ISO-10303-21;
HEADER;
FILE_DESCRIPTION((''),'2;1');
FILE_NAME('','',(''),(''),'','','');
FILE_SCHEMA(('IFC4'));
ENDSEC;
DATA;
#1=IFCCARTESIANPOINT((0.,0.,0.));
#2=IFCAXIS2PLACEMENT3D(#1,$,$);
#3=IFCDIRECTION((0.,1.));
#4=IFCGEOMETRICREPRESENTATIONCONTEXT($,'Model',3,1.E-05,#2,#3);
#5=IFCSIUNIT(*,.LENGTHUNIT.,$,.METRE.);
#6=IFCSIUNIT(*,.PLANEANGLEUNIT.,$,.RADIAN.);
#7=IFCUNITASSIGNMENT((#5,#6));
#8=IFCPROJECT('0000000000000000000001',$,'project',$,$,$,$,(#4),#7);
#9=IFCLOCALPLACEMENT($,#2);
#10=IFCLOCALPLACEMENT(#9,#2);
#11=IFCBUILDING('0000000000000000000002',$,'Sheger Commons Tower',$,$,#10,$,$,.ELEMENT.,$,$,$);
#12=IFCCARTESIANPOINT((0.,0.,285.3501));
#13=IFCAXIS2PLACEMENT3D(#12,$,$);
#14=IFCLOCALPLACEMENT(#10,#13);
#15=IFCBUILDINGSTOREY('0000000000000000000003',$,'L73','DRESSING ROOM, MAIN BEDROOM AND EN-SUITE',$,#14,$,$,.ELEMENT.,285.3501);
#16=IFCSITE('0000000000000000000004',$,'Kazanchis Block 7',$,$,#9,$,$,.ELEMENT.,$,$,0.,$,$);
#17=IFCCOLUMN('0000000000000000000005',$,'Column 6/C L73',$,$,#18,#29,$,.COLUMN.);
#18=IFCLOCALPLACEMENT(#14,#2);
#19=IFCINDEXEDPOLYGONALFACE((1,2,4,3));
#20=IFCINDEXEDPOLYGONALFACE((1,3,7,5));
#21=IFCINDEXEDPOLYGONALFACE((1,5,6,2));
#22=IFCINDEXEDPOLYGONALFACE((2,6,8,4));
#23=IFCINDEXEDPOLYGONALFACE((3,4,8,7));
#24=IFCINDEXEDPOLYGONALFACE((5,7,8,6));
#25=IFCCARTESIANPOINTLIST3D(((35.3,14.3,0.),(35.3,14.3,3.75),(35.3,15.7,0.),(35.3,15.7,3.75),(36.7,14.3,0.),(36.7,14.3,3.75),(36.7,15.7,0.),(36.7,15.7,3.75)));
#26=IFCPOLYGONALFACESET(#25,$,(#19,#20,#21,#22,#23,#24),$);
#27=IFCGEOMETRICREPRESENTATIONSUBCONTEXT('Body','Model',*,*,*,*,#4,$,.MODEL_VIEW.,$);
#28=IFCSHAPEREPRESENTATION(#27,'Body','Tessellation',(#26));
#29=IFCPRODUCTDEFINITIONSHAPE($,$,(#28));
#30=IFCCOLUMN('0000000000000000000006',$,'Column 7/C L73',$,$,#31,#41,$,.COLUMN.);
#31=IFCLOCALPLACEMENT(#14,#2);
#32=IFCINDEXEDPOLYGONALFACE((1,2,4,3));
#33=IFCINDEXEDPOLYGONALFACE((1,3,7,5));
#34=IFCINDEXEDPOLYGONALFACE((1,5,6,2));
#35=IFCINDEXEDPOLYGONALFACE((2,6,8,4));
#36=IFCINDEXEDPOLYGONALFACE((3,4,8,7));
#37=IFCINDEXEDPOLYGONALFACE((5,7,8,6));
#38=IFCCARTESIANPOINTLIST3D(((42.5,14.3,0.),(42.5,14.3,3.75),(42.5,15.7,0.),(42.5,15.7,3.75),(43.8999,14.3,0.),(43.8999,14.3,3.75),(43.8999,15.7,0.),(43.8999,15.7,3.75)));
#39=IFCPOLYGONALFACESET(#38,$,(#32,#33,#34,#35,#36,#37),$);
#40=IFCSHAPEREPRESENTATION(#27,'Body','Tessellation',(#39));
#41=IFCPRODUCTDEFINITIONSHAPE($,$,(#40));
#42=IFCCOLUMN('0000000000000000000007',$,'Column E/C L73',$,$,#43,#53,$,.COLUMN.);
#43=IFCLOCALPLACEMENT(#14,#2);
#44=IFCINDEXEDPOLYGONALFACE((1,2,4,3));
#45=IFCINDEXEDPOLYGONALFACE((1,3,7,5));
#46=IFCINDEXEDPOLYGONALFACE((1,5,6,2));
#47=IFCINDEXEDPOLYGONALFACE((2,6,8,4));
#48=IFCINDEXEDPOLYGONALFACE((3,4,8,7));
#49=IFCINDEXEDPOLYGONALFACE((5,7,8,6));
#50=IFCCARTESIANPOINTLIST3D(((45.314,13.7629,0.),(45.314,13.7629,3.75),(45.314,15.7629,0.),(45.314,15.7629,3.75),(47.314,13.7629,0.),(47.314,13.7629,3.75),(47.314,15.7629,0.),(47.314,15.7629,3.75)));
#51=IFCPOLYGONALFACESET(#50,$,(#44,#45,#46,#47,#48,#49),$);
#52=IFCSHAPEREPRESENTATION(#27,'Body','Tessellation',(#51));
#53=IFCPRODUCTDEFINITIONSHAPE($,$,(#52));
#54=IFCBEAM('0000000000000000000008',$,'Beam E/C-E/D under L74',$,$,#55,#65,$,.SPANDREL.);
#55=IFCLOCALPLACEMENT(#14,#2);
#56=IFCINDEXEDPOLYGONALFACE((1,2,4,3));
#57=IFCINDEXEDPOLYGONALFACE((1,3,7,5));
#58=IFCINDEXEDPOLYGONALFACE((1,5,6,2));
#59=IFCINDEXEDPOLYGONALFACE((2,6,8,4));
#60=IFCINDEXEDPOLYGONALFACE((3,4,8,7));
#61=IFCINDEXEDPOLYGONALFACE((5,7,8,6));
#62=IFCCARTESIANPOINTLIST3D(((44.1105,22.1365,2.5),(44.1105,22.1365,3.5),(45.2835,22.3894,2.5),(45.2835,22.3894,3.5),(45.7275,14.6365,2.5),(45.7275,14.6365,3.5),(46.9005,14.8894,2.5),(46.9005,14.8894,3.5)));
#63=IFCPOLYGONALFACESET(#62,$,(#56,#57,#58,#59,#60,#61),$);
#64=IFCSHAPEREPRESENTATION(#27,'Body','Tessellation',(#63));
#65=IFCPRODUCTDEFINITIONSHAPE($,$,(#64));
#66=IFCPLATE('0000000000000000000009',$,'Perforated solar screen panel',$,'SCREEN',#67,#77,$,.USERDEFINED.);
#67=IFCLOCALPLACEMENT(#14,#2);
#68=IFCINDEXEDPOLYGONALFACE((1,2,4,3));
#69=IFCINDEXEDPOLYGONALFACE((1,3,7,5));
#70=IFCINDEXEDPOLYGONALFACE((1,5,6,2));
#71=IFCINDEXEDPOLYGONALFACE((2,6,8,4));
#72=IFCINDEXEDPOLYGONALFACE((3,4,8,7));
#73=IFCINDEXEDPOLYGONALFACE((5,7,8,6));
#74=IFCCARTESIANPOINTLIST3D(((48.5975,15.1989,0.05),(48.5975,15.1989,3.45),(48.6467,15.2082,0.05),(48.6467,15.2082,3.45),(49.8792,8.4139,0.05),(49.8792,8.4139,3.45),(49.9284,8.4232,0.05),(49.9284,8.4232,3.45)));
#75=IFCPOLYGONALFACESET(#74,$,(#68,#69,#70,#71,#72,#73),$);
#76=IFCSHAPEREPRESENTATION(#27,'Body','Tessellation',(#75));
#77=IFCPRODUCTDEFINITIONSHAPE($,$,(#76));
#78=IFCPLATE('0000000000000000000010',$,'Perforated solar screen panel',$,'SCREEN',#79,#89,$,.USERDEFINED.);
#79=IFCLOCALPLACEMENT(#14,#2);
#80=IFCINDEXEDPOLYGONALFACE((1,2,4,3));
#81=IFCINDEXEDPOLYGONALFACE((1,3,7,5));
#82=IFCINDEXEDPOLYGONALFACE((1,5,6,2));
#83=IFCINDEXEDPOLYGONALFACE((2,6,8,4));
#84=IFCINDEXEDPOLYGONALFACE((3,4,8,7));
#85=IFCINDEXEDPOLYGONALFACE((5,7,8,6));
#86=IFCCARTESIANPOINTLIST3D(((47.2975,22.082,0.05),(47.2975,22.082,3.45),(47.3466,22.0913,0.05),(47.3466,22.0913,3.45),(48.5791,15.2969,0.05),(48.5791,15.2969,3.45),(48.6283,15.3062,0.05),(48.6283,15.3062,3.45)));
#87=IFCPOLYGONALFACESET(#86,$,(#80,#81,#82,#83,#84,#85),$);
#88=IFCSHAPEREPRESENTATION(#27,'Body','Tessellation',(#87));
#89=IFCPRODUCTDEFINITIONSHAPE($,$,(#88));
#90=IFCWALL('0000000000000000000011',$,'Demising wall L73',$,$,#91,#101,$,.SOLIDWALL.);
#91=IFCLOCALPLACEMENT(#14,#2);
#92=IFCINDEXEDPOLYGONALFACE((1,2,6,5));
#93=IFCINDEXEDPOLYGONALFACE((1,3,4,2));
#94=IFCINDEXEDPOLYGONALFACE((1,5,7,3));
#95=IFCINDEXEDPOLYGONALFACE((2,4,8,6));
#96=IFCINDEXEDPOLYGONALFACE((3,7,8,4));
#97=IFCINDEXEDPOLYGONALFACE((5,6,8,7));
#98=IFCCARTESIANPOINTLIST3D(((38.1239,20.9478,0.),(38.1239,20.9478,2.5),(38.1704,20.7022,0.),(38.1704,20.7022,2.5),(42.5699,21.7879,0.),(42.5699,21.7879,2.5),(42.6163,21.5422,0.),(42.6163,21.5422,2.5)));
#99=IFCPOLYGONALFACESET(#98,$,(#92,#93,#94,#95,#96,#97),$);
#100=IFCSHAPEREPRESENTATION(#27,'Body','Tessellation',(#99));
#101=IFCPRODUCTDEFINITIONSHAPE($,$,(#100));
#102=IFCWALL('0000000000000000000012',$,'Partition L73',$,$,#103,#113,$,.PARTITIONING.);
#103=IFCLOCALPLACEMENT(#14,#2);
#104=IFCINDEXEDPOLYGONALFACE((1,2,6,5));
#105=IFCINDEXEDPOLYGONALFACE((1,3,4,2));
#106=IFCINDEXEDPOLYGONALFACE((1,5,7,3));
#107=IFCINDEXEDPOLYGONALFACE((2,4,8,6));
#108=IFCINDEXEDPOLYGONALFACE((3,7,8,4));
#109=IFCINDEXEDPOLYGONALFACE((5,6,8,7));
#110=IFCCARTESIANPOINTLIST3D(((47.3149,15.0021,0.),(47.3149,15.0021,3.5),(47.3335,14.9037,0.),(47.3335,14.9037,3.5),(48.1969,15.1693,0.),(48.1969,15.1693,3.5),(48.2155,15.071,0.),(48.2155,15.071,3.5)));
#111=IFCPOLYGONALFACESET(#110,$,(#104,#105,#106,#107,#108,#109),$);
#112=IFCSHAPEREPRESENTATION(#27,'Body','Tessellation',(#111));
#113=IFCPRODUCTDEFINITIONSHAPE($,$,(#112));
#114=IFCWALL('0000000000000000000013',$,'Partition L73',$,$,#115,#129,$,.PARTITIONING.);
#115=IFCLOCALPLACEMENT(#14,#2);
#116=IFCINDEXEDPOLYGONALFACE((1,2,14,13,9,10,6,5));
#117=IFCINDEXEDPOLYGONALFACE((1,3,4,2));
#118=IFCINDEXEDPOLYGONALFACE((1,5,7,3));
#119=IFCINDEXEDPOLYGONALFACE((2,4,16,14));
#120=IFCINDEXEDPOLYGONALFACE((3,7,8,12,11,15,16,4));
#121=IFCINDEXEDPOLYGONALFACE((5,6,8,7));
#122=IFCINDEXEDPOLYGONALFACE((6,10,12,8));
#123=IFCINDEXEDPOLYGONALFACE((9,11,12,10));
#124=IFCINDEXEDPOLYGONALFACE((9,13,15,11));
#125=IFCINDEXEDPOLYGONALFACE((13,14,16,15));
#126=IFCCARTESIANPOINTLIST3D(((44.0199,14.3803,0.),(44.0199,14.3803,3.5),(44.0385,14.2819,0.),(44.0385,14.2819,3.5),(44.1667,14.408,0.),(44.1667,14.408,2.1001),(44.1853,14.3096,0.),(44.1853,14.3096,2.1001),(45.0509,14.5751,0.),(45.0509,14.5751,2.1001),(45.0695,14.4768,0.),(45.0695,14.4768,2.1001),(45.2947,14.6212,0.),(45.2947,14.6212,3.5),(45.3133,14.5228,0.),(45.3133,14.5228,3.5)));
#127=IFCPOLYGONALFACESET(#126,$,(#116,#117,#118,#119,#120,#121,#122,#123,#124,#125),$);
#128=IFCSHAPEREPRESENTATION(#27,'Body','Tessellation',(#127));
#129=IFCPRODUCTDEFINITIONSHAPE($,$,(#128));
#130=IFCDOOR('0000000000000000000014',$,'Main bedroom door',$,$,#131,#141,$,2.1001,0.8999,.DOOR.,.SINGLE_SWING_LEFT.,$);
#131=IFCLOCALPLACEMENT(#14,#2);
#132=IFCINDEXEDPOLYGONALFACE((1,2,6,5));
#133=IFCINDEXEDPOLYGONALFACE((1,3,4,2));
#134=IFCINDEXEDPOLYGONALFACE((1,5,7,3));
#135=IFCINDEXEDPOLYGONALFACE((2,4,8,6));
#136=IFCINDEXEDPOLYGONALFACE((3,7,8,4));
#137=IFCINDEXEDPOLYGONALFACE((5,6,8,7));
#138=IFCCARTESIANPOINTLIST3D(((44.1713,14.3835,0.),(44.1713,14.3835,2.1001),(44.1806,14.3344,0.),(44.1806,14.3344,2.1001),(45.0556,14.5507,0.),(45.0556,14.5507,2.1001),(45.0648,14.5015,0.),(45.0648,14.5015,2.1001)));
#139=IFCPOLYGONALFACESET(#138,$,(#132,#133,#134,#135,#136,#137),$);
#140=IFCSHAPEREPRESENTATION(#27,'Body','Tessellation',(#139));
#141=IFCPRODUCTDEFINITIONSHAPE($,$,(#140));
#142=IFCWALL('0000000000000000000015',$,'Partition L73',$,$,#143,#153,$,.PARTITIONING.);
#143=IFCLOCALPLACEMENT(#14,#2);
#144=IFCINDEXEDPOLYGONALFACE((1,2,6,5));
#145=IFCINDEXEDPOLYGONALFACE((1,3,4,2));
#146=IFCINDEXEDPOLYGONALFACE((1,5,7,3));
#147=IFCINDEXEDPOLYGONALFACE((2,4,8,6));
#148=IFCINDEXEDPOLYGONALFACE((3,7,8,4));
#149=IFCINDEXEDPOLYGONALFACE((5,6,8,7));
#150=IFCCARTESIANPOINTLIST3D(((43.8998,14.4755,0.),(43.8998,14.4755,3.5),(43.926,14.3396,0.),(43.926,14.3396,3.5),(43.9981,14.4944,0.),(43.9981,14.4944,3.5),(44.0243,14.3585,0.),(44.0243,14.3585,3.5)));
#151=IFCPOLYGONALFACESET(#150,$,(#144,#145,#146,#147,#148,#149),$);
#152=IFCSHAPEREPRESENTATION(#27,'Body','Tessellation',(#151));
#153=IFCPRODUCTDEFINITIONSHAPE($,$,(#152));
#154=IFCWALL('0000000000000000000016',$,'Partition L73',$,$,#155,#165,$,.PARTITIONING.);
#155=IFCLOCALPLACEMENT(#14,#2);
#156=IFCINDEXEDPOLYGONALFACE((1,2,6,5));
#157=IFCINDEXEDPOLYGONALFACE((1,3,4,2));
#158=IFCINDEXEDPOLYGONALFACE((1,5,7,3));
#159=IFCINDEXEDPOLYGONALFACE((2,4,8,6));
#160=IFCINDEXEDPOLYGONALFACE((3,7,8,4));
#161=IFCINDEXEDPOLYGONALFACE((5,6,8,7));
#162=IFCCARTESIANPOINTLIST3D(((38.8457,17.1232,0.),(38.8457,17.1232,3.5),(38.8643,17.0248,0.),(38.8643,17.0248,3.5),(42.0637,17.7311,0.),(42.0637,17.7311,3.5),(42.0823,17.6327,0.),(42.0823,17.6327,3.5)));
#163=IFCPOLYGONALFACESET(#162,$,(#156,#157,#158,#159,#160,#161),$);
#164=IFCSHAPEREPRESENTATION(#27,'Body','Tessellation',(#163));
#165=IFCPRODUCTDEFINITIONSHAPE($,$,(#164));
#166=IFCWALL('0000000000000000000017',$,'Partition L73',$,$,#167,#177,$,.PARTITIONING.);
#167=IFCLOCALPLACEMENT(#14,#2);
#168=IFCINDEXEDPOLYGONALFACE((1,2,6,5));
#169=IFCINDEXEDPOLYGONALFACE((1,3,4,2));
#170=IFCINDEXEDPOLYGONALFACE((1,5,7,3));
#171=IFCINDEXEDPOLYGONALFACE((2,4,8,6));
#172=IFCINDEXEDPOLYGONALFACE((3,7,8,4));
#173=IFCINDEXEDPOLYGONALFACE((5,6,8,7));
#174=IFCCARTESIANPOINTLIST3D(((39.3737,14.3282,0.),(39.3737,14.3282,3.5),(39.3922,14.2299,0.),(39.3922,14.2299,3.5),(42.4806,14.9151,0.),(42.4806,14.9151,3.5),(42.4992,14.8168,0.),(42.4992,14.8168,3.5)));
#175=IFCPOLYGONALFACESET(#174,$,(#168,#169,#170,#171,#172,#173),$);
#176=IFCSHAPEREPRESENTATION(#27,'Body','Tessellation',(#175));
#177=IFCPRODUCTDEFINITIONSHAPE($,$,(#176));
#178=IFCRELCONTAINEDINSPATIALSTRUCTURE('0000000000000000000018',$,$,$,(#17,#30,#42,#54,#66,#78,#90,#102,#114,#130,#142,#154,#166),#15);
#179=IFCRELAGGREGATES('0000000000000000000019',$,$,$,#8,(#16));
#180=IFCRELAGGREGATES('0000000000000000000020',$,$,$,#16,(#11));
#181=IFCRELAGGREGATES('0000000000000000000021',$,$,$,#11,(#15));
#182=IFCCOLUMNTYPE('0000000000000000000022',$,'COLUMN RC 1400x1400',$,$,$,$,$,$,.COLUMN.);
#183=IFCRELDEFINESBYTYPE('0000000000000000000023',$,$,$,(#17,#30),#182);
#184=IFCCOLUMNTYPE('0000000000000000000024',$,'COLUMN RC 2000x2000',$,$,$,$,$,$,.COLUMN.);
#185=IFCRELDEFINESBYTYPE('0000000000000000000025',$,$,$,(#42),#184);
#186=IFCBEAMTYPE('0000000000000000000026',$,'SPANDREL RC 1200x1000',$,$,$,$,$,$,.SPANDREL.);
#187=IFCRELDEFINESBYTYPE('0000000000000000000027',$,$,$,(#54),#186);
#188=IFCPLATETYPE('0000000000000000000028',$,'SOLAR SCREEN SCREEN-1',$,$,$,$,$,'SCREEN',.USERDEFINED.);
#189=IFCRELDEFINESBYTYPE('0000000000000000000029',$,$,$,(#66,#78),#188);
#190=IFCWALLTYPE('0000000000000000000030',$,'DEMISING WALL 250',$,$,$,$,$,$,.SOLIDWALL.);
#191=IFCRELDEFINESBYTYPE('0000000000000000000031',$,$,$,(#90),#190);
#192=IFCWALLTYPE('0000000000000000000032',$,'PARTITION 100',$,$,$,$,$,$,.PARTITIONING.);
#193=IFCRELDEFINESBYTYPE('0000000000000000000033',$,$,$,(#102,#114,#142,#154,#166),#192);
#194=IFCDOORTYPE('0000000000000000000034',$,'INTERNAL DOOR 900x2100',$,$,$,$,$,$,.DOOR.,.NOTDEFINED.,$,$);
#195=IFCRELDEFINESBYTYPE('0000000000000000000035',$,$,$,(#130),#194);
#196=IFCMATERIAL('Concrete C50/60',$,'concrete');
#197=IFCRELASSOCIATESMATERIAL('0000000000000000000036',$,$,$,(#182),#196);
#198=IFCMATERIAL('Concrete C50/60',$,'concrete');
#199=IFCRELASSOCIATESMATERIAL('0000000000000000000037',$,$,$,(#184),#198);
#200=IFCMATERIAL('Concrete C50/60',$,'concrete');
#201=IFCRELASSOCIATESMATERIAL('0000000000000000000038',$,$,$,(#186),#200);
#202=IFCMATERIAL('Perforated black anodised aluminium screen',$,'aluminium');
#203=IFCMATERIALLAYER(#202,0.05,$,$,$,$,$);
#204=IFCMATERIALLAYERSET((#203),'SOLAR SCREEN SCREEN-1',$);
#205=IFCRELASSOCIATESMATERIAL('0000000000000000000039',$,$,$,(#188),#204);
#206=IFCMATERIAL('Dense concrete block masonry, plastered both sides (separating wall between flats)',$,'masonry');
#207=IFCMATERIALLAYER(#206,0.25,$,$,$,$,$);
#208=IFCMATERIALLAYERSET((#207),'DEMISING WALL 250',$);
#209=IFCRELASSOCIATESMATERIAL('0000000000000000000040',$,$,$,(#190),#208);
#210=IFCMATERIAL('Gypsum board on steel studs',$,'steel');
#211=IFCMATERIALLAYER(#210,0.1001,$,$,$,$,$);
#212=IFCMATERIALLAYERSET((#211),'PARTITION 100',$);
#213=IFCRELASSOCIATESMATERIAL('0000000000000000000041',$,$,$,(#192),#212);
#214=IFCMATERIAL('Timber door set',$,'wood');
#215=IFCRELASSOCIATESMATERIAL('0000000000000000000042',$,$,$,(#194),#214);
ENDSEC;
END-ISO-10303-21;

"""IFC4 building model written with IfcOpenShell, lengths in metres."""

from ifc_helpers import new_model, si_unit, direction, frame, frame_2d, origin, origin_2d, place, context, subcontext, project, spatial, rectangle, extrude, material, layer, layer_set, material_profile, profile_set, type_object, element, fill, save


model = new_model("IFC4")

# Units and contexts
model_context = context("Model", 3, precision=1e-05, world=origin(), true_north=direction((0.0, 1.0)))
body_context = subcontext(model_context, "Body", "Model", "MODEL_VIEW")
ifc_project = project(units=[si_unit("LENGTHUNIT", "METRE"), si_unit("PLANEANGLEUNIT", "RADIAN")], contexts=[model_context])

# Site, building, storey
site_placement = place(None, origin())
site = spatial("IfcSite", under=ifc_project, at=site_placement, Name="Kazanchis Block 7", CompositionType="ELEMENT", RefElevation=0.0)
building_placement = place(site_placement, origin())
building = spatial("IfcBuilding", under=site, at=building_placement, Name="Sheger Commons Tower", CompositionType="ELEMENT")
storey_placement = place(building_placement, frame((0.0, 0.0, 285.3501)))
storey = spatial("IfcBuildingStorey", under=building, at=storey_placement, Name="L73", Description="DRESSING ROOM, MAIN BEDROOM AND EN-SUITE", CompositionType="ELEMENT", Elevation=285.3501)

# Columns
ifc_material_1 = material(Name="Concrete C50/60", Category="concrete")
ifc_material_profile_1 = material_profile(ifc_material_1, rectangle(XDim=1.3999, YDim=1.3999, at=origin_2d()), Name="RC 1400x1400")
ifc_profile_set_1 = profile_set([ifc_material_profile_1], Name="Concrete C50/60")
column_type_1 = type_object("IfcColumnType", Name="COLUMN RC 1400x1400", PredefinedType="COLUMN", material=ifc_profile_set_1)
for number, where, z_axis, x_axis, name in (
    (1, (36.0, 15.0, 0.0), (0.0, 0.0, 1.0), (1.0, 0.0, 0.0), "Column 6/C L73"),
    (2, (43.2, 15.0, 0.0), (0.0, 0.0, 1.0), (1.0, 0.0, 0.0), "Column 7/C L73"),
):
    element("IfcColumn", number, at=place(storey_placement, frame(where, z_axis=z_axis, x_axis=x_axis)), inside=storey, type_object=column_type_1, Name=name, PredefinedType="COLUMN", context=body_context, shape_type="SweptSolid", body=[
        extrude(rectangle(XDim=1.3999, YDim=1.3999, at=origin_2d()), origin(), (0.0, 0.0, 1.0), 3.75),
    ])
ifc_material_2 = material(Name="Concrete C50/60", Category="concrete")
ifc_material_profile_2 = material_profile(ifc_material_2, rectangle(XDim=2.0, YDim=2.0, at=origin_2d()), Name="RC 2000x2000")
ifc_profile_set_2 = profile_set([ifc_material_profile_2], Name="Concrete C50/60")
column_type_2 = type_object("IfcColumnType", Name="COLUMN RC 2000x2000", PredefinedType="COLUMN", material=ifc_profile_set_2)
column_placement = place(storey_placement, frame((46.314, 14.7629, 0.0), z_axis=(0.0, 0.0, 1.0), x_axis=(1.0, 0.0, 0.0)))
element("IfcColumn", 3, at=column_placement, inside=storey, type_object=column_type_2, Name="Column E/C L73", PredefinedType="COLUMN", context=body_context, shape_type="SweptSolid", body=[
    extrude(rectangle(XDim=2.0, YDim=2.0, at=origin_2d()), origin(), (0.0, 0.0, 1.0), 3.75),
])

# Beam
ifc_material_3 = material(Name="Concrete C50/60", Category="concrete")
ifc_material_profile_3 = material_profile(ifc_material_3, rectangle(XDim=1.2, YDim=1.0, at=origin_2d()), Name="RC 1200x1000")
ifc_profile_set_3 = profile_set([ifc_material_profile_3], Name="Concrete C50/60")
beam_type = type_object("IfcBeamType", Name="SPANDREL RC 1200x1000", PredefinedType="SPANDREL", material=ifc_profile_set_3)
beam_placement = place(storey_placement, frame((46.314, 14.7629, 3.0), z_axis=(-0.21075, 0.97754, 0.0), x_axis=(-0.97754, -0.21075, 0.0)))
element("IfcBeam", 4, at=beam_placement, inside=storey, type_object=beam_type, Name="Beam E/C-E/D under L74", PredefinedType="SPANDREL", context=body_context, shape_type="SweptSolid", body=[
    extrude(rectangle(XDim=1.2, YDim=1.0, at=origin_2d()), origin(), (0.0, 0.0, 1.0), 7.6724),
])

# Plates
ifc_material_4 = material(Name="Perforated black anodised aluminium screen", Category="aluminium")
ifc_layer_1 = layer(ifc_material_4, 0.05)
ifc_layer_set_1 = layer_set([ifc_layer_1], Name="SOLAR SCREEN SCREEN-1")
plate_type = type_object("IfcPlateType", Name="SOLAR SCREEN SCREEN-1", ElementType="SCREEN", PredefinedType="USERDEFINED", material=ifc_layer_set_1)
for number, where, z_axis, x_axis, name in (
    (5, (49.2629, 11.811, 0.05), (0.0, 0.0, 1.0), (-0.185615, 0.982623, 0.0), "Perforated solar screen panel"),
    (6, (47.9629, 18.6941, 0.05), (0.0, 0.0, 1.0), (-0.185615, 0.982623, 0.0), "Perforated solar screen panel"),
):
    element("IfcPlate", number, at=place(storey_placement, frame(where, z_axis=z_axis, x_axis=x_axis)), inside=storey, type_object=plate_type, Name=name, ObjectType="SCREEN", PredefinedType="USERDEFINED", context=body_context, shape_type="SweptSolid", body=[
        extrude(rectangle(XDim=6.905, YDim=0.05, at=origin_2d()), origin(), (0.0, 0.0, 1.0), 3.3999),
    ])

# Walls
ifc_material_5 = material(Name="Dense concrete block masonry, plastered both sides (separating wall between flats)", Category="masonry")
ifc_layer_2 = layer(ifc_material_5, 0.25)
ifc_layer_set_2 = layer_set([ifc_layer_2], Name="DEMISING WALL 250")
wall_type_1 = type_object("IfcWallType", Name="DEMISING WALL 250", PredefinedType="SOLIDWALL", material=ifc_layer_set_2)
wall_1_placement = place(storey_placement, frame((42.593, 21.665, 0.0), z_axis=(0.0, 0.0, 1.0), x_axis=(-0.982613, -0.185666, 0.0)))
element("IfcWall", 7, at=wall_1_placement, inside=storey, type_object=wall_type_1, Name="Demising wall L73", PredefinedType="SOLIDWALL", context=body_context, shape_type="SweptSolid", body=[
    extrude(rectangle(XDim=4.5247, YDim=0.25, at=frame_2d((2.2622, 0.0))), origin(), (0.0, 0.0, 1.0), 2.5),
])
ifc_material_6 = material(Name="Gypsum board on steel studs", Category="steel")
ifc_layer_3 = layer(ifc_material_6, 0.1001)
ifc_layer_set_3 = layer_set([ifc_layer_3], Name="PARTITION 100")
wall_type_2 = type_object("IfcWallType", Name="PARTITION 100", PredefinedType="PARTITIONING", material=ifc_layer_set_3)
wall_2_placement = place(storey_placement, frame((48.2061, 15.1201, 0.0), z_axis=(0.0, 0.0, 1.0), x_axis=(-0.982498, -0.186275, 0.0)))
element("IfcWall", 8, at=wall_2_placement, inside=storey, type_object=wall_type_2, Name="Partition L73", PredefinedType="PARTITIONING", context=body_context, shape_type="SweptSolid", body=[
    extrude(rectangle(XDim=0.8977, YDim=0.1001, at=frame_2d((0.4487, 0.0))), origin(), (0.0, 0.0, 1.0), 3.5),
])

# Wall, opening, door
wall_3_placement = place(storey_placement, frame((45.304, 14.572, 0.0), z_axis=(0.0, 0.0, 1.0), x_axis=(-0.982603, -0.18572, 0.0)))
wall_3 = element("IfcWall", 9, at=wall_3_placement, inside=storey, type_object=wall_type_2, Name="Partition L73", PredefinedType="PARTITIONING", context=body_context, shape_type="SweptSolid", body=[
    extrude(rectangle(XDim=1.2974, YDim=0.1001, at=frame_2d((0.6487, 0.0))), origin(), (0.0, 0.0, 1.0), 3.5),
])
opening_1_placement = place(wall_3_placement, frame((0.248, 0.0, 0.0)))
opening_1 = element("IfcOpeningElement", 10, at=opening_1_placement, cuts=wall_3, PredefinedType="OPENING", context=body_context, shape_type="SweptSolid", body=[
    extrude(rectangle(XDim=0.8999, YDim=2.1001, at=frame_2d((0.45, 1.05))), frame((0.0, 0.0601, 0.0), z_axis=(0.0, -1.0, 0.0), x_axis=(1.0, 0.0, 0.0)), (0.0, 0.0, 1.0), 0.1201),
])
ifc_material_7 = material(Name="Timber door set", Category="wood")
door_type_1 = type_object("IfcDoorType", Name="INTERNAL DOOR 900x2100", OperationType="NOTDEFINED", PredefinedType="DOOR", material=ifc_material_7)
door_1_placement = place(opening_1_placement, origin())
door_1 = element("IfcDoor", 11, at=door_1_placement, inside=storey, type_object=door_type_1, Name="Main bedroom door", OperationType="SINGLE_SWING_LEFT", OverallHeight=2.1001, OverallWidth=0.8999, PredefinedType="DOOR", context=body_context, shape_type="SweptSolid", body=[
    extrude(rectangle(XDim=0.8999, YDim=2.1001, at=frame_2d((0.45, 1.05))), frame((0.0, 0.0249, 0.0), z_axis=(0.0, -1.0, 0.0), x_axis=(1.0, 0.0, 0.0)), (0.0, 0.0, 1.0), 0.05),
])
fill(opening_1, door_1)

# Walls
wall_4_placement = place(storey_placement, frame((43.949, 14.4851, 0.0), z_axis=(0.0, 0.0, 1.0), x_axis=(0.188651, -0.982044, 0.0)))
element("IfcWall", 12, at=wall_4_placement, inside=storey, type_object=wall_type_2, Name="Partition L73", PredefinedType="PARTITIONING", context=body_context, shape_type="SweptSolid", body=[
    extrude(rectangle(XDim=0.1384, YDim=0.1001, at=frame_2d((0.0693, 0.0))), origin(), (0.0, 0.0, 1.0), 3.5),
])
wall_5_placement = place(storey_placement, frame((42.073, 17.6819, 0.0), z_axis=(0.0, 0.0, 1.0), x_axis=(-0.982621, -0.185625, 0.0)))
element("IfcWall", 13, at=wall_5_placement, inside=storey, type_object=wall_type_2, Name="Partition L73", PredefinedType="PARTITIONING", context=body_context, shape_type="SweptSolid", body=[
    extrude(rectangle(XDim=3.2749, YDim=0.1001, at=frame_2d((1.6375, 0.0))), origin(), (0.0, 0.0, 1.0), 3.5),
])
wall_6_placement = place(storey_placement, frame((42.49, 14.866, 0.0), z_axis=(0.0, 0.0, 1.0), x_axis=(-0.982621, -0.185622, 0.0)))
element("IfcWall", 14, at=wall_6_placement, inside=storey, type_object=wall_type_2, Name="Partition L73", PredefinedType="PARTITIONING", context=body_context, shape_type="SweptSolid", body=[
    extrude(rectangle(XDim=3.1619, YDim=0.1001, at=frame_2d((1.5811, 0.0))), origin(), (0.0, 0.0, 1.0), 3.5),
])

save(model, "model.ifc")
